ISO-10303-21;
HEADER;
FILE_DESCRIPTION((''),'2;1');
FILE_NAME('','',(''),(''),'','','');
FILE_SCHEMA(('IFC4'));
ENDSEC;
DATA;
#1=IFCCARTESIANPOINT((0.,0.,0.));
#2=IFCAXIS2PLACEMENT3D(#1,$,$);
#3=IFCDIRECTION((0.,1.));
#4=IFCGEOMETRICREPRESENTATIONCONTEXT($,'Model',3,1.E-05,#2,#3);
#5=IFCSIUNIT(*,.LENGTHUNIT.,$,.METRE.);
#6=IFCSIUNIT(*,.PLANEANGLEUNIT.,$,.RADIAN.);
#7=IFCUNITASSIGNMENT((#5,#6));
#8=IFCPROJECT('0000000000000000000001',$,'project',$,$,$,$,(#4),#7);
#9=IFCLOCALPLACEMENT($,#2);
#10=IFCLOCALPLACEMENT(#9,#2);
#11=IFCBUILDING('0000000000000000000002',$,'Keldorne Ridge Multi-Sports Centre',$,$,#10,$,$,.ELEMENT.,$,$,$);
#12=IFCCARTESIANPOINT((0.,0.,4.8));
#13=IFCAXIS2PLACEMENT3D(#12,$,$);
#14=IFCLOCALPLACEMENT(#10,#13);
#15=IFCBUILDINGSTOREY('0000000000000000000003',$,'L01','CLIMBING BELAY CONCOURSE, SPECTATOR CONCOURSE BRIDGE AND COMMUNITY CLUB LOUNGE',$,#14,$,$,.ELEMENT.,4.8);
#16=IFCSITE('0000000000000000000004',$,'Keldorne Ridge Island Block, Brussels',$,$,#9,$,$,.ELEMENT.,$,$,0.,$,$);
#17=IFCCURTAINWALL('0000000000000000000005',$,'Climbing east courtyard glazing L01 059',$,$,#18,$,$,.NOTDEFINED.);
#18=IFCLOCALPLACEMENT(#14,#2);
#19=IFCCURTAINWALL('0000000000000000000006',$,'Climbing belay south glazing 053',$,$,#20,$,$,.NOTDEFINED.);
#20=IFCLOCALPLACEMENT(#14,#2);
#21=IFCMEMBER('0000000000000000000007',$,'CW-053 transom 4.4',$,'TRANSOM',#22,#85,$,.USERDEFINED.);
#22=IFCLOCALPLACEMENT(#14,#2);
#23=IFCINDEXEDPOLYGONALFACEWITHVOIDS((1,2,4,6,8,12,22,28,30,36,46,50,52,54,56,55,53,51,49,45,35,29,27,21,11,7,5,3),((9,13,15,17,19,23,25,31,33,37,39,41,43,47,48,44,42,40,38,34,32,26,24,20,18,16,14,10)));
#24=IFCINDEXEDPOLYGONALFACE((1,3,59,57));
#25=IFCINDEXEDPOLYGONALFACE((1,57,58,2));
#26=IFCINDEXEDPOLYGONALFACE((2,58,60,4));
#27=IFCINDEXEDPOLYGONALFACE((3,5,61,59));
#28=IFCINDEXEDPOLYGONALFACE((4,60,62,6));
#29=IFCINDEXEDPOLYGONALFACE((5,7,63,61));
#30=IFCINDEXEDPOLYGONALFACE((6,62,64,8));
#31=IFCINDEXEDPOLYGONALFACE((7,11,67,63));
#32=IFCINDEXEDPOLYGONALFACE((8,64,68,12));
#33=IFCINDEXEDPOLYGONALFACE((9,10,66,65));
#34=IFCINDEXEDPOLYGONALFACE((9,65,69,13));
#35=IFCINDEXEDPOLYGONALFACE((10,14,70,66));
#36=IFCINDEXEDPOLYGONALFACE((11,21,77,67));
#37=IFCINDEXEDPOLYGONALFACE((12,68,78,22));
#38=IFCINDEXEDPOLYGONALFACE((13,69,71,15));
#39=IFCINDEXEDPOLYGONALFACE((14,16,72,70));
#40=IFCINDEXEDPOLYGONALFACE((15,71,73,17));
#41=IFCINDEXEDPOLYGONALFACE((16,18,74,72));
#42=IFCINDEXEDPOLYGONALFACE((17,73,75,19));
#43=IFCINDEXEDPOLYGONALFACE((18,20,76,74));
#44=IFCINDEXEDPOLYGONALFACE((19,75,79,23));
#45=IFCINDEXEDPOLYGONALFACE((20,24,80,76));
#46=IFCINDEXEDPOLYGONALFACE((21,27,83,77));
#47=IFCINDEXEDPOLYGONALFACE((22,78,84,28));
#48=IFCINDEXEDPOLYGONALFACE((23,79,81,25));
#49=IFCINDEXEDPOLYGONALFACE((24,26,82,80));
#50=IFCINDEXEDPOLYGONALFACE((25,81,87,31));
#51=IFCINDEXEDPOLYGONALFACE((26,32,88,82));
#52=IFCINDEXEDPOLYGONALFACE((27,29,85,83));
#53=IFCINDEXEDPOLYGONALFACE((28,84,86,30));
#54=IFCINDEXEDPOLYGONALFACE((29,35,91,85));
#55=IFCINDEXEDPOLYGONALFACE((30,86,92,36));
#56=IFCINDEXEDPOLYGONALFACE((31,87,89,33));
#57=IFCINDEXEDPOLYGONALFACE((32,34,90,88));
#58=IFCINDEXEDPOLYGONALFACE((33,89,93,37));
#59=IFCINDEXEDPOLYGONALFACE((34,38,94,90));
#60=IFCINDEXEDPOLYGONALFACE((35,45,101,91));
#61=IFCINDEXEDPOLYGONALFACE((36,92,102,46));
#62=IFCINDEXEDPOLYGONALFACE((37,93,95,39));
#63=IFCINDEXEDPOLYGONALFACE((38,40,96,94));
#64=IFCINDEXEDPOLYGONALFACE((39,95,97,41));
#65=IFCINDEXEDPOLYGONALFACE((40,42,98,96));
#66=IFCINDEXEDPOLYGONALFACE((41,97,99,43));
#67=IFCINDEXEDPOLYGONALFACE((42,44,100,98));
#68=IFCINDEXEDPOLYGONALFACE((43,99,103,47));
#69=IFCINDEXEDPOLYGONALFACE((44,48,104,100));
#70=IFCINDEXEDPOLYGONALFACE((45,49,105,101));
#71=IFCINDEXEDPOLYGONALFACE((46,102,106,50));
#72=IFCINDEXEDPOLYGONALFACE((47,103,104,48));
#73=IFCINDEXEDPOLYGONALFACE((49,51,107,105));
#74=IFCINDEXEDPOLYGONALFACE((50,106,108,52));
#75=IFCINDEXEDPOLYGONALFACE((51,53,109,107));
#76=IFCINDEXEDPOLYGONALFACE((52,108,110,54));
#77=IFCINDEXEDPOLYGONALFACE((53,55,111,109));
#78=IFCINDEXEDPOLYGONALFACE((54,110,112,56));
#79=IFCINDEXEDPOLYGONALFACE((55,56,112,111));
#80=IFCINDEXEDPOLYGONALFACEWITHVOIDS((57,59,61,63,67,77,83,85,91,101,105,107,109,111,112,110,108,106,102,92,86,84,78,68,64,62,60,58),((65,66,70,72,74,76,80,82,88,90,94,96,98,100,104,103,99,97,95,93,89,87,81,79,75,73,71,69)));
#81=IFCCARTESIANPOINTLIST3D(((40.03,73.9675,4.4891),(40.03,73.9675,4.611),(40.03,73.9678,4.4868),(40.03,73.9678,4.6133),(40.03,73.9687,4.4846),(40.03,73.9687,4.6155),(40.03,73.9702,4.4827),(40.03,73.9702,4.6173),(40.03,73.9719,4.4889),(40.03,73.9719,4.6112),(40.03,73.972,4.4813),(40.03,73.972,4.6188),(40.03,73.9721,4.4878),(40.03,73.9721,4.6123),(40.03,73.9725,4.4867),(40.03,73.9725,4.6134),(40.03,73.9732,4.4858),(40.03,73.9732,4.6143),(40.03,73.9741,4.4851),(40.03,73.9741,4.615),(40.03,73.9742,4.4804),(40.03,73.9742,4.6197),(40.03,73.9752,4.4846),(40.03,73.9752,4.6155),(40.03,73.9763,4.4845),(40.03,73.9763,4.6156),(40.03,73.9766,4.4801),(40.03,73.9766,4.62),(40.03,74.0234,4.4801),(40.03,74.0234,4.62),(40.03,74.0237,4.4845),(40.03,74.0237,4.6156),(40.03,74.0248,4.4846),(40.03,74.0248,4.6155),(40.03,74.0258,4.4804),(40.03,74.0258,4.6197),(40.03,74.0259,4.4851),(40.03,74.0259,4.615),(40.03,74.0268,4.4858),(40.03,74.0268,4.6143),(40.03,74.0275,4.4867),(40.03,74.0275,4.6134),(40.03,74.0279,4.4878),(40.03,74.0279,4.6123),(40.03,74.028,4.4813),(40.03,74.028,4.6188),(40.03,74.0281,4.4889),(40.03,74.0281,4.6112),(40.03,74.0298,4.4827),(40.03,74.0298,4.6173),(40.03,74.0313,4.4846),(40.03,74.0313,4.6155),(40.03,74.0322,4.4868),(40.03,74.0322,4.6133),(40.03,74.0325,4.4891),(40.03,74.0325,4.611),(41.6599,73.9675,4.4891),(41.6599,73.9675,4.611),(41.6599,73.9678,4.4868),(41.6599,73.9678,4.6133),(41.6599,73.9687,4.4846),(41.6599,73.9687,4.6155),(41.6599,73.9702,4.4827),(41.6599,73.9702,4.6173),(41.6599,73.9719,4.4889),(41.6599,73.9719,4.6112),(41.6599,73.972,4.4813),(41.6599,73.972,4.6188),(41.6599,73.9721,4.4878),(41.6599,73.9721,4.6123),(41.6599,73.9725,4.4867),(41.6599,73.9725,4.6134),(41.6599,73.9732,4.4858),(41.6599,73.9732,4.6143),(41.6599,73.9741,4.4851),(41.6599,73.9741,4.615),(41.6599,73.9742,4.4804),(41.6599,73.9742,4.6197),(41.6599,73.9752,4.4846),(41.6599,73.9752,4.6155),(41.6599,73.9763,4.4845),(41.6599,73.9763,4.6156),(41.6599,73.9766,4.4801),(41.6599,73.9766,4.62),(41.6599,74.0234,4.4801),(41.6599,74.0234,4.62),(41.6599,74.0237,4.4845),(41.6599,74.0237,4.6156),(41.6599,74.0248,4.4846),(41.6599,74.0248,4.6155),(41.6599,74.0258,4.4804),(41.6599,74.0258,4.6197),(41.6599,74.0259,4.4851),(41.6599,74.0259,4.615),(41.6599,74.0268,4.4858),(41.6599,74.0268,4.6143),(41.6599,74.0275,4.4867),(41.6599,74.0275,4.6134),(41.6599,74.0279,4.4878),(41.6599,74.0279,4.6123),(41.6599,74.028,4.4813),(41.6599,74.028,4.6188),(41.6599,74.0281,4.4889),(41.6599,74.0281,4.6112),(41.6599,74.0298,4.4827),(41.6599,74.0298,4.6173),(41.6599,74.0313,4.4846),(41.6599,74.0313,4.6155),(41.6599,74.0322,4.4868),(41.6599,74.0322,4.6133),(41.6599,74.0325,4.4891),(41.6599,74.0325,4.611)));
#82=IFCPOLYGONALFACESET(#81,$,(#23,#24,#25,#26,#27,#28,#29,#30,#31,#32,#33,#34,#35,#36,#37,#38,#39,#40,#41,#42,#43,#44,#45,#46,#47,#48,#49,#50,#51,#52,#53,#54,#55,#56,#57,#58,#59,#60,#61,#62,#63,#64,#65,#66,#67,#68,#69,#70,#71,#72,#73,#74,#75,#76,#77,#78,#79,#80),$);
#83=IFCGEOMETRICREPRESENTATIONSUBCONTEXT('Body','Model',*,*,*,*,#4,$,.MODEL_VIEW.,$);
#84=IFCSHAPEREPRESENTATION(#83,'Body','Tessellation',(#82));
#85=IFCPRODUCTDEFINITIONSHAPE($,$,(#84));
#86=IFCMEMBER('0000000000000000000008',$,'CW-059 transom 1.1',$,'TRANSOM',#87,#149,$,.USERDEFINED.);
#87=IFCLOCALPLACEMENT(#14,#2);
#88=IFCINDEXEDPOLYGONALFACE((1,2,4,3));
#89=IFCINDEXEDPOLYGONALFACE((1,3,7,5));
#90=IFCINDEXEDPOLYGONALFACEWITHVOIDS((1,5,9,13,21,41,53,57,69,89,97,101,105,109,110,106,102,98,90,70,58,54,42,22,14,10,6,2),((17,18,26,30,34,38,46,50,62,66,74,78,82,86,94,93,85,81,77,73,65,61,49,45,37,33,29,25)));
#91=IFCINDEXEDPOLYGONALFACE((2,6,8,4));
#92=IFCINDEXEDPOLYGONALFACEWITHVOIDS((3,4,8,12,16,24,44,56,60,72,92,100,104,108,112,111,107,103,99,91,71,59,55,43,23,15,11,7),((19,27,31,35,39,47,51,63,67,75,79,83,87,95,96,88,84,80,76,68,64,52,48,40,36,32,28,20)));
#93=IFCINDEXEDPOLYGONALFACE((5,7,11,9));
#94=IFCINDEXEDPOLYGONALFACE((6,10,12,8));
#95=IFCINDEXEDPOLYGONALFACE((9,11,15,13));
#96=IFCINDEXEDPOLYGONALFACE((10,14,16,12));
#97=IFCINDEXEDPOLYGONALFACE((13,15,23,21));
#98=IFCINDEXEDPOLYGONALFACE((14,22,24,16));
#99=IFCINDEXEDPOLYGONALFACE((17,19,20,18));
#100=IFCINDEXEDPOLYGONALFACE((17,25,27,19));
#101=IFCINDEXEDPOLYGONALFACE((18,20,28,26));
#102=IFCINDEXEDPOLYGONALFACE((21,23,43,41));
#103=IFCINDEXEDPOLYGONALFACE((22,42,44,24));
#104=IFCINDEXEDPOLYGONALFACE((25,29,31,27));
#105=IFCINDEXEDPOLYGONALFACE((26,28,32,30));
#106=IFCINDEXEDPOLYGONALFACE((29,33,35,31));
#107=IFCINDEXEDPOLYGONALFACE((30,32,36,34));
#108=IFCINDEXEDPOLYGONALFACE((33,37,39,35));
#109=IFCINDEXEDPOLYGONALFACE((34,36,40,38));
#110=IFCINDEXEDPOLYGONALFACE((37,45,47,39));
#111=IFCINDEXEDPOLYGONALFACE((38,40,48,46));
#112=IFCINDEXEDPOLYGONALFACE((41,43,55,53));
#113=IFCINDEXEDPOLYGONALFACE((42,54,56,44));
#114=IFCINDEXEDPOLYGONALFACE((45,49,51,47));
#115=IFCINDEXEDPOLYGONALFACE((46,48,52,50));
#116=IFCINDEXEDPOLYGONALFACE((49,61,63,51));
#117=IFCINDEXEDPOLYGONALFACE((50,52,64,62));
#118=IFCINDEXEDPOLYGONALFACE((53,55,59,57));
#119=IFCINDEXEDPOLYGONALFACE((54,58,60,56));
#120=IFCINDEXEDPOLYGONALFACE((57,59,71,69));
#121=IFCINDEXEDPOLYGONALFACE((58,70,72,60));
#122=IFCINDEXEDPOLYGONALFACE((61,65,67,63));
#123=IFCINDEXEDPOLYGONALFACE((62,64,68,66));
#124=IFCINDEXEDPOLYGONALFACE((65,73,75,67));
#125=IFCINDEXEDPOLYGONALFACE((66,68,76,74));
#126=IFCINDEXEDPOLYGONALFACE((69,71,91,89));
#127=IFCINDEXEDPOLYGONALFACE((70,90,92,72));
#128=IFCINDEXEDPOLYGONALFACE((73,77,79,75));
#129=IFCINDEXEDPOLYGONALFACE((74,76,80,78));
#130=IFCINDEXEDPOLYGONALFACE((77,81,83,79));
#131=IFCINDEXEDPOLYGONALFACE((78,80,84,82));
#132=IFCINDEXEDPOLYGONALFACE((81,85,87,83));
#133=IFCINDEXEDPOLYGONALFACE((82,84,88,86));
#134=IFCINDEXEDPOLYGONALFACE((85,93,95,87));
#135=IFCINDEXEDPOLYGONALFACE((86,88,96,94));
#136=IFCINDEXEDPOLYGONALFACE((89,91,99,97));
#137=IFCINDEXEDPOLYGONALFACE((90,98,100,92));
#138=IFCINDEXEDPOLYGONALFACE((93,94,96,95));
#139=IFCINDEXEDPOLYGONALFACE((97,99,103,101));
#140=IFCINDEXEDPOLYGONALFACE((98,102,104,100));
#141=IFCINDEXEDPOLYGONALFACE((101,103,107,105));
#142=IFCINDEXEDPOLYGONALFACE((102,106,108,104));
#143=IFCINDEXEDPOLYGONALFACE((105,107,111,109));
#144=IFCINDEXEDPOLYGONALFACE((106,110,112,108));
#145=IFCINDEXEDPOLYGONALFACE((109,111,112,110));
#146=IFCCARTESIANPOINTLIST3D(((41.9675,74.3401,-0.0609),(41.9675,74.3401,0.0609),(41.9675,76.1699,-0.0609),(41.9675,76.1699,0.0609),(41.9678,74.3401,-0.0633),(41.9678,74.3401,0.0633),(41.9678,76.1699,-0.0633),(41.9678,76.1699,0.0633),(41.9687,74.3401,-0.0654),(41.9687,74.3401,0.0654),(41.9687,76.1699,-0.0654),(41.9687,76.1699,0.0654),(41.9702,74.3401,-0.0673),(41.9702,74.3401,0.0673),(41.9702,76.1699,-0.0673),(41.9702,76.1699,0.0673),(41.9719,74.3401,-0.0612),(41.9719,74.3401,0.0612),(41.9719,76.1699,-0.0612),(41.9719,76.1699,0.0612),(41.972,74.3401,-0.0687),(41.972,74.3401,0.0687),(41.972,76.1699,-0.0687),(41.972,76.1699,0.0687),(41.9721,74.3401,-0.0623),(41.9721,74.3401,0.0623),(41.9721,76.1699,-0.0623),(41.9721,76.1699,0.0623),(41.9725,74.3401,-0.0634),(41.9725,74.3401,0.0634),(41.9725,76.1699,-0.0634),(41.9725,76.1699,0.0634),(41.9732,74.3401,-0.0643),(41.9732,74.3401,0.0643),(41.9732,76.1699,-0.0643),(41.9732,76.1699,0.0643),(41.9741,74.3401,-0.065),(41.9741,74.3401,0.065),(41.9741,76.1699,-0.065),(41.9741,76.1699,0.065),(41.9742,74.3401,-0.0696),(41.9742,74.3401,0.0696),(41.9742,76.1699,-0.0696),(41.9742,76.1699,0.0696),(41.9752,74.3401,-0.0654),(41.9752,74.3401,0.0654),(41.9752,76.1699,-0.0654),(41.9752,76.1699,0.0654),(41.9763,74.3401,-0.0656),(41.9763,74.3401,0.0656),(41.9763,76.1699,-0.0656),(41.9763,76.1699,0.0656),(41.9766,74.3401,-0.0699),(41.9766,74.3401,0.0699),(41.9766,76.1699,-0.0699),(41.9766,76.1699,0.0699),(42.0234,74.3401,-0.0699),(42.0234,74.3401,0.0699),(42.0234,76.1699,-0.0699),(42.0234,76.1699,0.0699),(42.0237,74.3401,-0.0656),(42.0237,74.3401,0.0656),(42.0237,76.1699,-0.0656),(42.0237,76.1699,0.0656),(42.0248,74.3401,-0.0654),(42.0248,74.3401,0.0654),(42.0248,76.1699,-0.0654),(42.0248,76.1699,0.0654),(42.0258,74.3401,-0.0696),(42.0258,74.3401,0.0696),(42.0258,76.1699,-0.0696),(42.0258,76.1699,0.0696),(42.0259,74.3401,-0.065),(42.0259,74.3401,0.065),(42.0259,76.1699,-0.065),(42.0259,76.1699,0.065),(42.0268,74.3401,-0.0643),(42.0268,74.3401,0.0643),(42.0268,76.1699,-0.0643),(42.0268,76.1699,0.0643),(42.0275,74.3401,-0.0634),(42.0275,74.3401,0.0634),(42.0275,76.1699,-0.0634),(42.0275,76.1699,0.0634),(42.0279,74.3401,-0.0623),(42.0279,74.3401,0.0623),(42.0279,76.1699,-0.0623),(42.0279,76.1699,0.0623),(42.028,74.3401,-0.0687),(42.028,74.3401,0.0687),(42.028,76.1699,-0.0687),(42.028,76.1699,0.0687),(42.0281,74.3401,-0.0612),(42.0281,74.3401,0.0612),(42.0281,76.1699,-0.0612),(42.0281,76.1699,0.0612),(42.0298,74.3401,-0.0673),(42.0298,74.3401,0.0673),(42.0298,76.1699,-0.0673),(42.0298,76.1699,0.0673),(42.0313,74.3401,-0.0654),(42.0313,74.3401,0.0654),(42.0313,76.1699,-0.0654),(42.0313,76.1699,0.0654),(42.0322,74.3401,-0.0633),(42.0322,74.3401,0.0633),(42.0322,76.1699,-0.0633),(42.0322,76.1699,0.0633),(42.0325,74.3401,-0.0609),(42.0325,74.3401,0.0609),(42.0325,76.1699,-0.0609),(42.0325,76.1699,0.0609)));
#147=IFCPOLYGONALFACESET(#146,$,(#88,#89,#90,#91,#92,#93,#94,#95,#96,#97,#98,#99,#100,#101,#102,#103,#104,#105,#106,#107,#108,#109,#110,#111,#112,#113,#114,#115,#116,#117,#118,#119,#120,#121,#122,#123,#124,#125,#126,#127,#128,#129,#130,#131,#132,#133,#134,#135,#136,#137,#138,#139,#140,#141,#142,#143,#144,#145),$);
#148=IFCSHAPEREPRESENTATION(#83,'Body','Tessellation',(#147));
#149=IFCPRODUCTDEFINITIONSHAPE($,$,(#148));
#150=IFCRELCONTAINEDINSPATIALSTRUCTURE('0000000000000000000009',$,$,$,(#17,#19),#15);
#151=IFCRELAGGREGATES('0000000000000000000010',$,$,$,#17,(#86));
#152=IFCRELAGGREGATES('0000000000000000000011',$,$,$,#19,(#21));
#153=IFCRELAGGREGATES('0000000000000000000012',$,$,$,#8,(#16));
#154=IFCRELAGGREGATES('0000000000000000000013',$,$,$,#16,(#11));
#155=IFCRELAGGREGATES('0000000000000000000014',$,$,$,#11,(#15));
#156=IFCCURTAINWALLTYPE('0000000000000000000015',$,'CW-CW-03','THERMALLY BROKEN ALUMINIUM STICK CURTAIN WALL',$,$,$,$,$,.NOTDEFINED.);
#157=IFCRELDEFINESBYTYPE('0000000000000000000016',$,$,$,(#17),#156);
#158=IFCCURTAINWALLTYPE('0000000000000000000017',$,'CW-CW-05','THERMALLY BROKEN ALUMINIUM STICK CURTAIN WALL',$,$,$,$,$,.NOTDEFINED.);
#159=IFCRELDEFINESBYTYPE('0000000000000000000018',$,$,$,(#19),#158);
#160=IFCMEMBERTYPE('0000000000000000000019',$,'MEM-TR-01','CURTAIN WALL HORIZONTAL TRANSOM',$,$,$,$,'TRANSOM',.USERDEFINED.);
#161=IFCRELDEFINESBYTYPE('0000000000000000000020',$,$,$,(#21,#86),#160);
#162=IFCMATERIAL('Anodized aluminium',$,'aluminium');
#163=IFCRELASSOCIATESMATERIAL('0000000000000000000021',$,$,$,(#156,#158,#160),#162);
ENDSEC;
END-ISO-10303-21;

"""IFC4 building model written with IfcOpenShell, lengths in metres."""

from ifc_helpers import new_model, si_unit, direction, frame, origin, origin_2d, place, context, subcontext, project, spatial, hollow_rectangle, extrude, material, material_profile, profile_set, type_object, element, aggregate, save


model = new_model("IFC4")

# Units and contexts
model_context = context("Model", 3, precision=1e-05, world=origin(), true_north=direction((0.0, 1.0)))
body_context = subcontext(model_context, "Body", "Model", "MODEL_VIEW")
ifc_project = project(units=[si_unit("LENGTHUNIT", "METRE"), si_unit("PLANEANGLEUNIT", "RADIAN")], contexts=[model_context])

# Site, building, storey
site_placement = place(None, origin())
site = spatial("IfcSite", under=ifc_project, at=site_placement, Name="Keldorne Ridge Island Block, Brussels", CompositionType="ELEMENT", RefElevation=0.0)
building_placement = place(site_placement, origin())
building = spatial("IfcBuilding", under=site, at=building_placement, Name="Keldorne Ridge Multi-Sports Centre", CompositionType="ELEMENT")
storey_placement = place(building_placement, frame((0.0, 0.0, 4.8)))
storey = spatial("IfcBuildingStorey", under=building, at=storey_placement, Name="L01", Description="CLIMBING BELAY CONCOURSE, SPECTATOR CONCOURSE BRIDGE AND COMMUNITY CLUB LOUNGE", CompositionType="ELEMENT", Elevation=4.8)

# Curtain walls, member
ifc_material_1 = material(Name="Anodized aluminium", Category="aluminium")
curtain_wall_type_1 = type_object("IfcCurtainWallType", Name="CW-CW-03", Description="THERMALLY BROKEN ALUMINIUM STICK CURTAIN WALL", PredefinedType="NOTDEFINED", material=ifc_material_1)
curtain_wall_1_placement = place(storey_placement, origin())
curtain_wall_1 = element("IfcCurtainWall", 1, at=curtain_wall_1_placement, inside=storey, type_object=curtain_wall_type_1, Name="Climbing east courtyard glazing L01 059", PredefinedType="NOTDEFINED")
curtain_wall_type_2 = type_object("IfcCurtainWallType", Name="CW-CW-05", Description="THERMALLY BROKEN ALUMINIUM STICK CURTAIN WALL", PredefinedType="NOTDEFINED", material=ifc_material_1)
curtain_wall_2_placement = place(storey_placement, origin())
curtain_wall_2 = element("IfcCurtainWall", 2, at=curtain_wall_2_placement, inside=storey, type_object=curtain_wall_type_2, Name="Climbing belay south glazing 053", PredefinedType="NOTDEFINED")
ifc_material_profile_1 = material_profile(ifc_material_1, hollow_rectangle(XDim=0.0649, YDim=0.1399, WallThickness=0.0044, InnerFilletRadius=0.0044, OuterFilletRadius=0.009, at=origin_2d()), Name="ALU TRANSOM 140x65x4.5")
ifc_profile_set_1 = profile_set([ifc_material_profile_1], Name="Anodized aluminium")
member_type_1 = type_object("IfcMemberType", Name="MEM-TR-01", Description="CURTAIN WALL HORIZONTAL TRANSOM", ElementType="TRANSOM", PredefinedType="USERDEFINED", material=ifc_profile_set_1)
member_1_placement = place(storey_placement, frame((40.03, 74.0, 4.55), z_axis=(1.0, 0.0, 0.0), x_axis=(0.0, 1.0, 0.0)))
member_1 = element("IfcMember", 3, at=member_1_placement, type_object=member_type_1, Name="CW-053 transom 4.4", ObjectType="TRANSOM", PredefinedType="USERDEFINED", context=body_context, shape_type="SweptSolid", body=[
    extrude(hollow_rectangle(XDim=0.0649, YDim=0.1399, WallThickness=0.0044, InnerFilletRadius=0.0044, OuterFilletRadius=0.009, at=origin_2d()), origin(), (0.0, 0.0, 1.0), 1.6299),
])

# Member
member_2_placement = place(storey_placement, frame((42.0, 74.3401, 0.0), z_axis=(0.0, 1.0, 0.0), x_axis=(-1.0, 0.0, 0.0)))
member_2 = element("IfcMember", 4, at=member_2_placement, type_object=member_type_1, Name="CW-059 transom 1.1", ObjectType="TRANSOM", PredefinedType="USERDEFINED", context=body_context, shape_type="SweptSolid", body=[
    extrude(hollow_rectangle(XDim=0.0649, YDim=0.1399, WallThickness=0.0044, InnerFilletRadius=0.0044, OuterFilletRadius=0.009, at=origin_2d()), origin(), (0.0, 0.0, 1.0), 1.8298),
])

aggregate(curtain_wall_1, [member_2])
aggregate(curtain_wall_2, [member_1])

save(model, "model.ifc")
